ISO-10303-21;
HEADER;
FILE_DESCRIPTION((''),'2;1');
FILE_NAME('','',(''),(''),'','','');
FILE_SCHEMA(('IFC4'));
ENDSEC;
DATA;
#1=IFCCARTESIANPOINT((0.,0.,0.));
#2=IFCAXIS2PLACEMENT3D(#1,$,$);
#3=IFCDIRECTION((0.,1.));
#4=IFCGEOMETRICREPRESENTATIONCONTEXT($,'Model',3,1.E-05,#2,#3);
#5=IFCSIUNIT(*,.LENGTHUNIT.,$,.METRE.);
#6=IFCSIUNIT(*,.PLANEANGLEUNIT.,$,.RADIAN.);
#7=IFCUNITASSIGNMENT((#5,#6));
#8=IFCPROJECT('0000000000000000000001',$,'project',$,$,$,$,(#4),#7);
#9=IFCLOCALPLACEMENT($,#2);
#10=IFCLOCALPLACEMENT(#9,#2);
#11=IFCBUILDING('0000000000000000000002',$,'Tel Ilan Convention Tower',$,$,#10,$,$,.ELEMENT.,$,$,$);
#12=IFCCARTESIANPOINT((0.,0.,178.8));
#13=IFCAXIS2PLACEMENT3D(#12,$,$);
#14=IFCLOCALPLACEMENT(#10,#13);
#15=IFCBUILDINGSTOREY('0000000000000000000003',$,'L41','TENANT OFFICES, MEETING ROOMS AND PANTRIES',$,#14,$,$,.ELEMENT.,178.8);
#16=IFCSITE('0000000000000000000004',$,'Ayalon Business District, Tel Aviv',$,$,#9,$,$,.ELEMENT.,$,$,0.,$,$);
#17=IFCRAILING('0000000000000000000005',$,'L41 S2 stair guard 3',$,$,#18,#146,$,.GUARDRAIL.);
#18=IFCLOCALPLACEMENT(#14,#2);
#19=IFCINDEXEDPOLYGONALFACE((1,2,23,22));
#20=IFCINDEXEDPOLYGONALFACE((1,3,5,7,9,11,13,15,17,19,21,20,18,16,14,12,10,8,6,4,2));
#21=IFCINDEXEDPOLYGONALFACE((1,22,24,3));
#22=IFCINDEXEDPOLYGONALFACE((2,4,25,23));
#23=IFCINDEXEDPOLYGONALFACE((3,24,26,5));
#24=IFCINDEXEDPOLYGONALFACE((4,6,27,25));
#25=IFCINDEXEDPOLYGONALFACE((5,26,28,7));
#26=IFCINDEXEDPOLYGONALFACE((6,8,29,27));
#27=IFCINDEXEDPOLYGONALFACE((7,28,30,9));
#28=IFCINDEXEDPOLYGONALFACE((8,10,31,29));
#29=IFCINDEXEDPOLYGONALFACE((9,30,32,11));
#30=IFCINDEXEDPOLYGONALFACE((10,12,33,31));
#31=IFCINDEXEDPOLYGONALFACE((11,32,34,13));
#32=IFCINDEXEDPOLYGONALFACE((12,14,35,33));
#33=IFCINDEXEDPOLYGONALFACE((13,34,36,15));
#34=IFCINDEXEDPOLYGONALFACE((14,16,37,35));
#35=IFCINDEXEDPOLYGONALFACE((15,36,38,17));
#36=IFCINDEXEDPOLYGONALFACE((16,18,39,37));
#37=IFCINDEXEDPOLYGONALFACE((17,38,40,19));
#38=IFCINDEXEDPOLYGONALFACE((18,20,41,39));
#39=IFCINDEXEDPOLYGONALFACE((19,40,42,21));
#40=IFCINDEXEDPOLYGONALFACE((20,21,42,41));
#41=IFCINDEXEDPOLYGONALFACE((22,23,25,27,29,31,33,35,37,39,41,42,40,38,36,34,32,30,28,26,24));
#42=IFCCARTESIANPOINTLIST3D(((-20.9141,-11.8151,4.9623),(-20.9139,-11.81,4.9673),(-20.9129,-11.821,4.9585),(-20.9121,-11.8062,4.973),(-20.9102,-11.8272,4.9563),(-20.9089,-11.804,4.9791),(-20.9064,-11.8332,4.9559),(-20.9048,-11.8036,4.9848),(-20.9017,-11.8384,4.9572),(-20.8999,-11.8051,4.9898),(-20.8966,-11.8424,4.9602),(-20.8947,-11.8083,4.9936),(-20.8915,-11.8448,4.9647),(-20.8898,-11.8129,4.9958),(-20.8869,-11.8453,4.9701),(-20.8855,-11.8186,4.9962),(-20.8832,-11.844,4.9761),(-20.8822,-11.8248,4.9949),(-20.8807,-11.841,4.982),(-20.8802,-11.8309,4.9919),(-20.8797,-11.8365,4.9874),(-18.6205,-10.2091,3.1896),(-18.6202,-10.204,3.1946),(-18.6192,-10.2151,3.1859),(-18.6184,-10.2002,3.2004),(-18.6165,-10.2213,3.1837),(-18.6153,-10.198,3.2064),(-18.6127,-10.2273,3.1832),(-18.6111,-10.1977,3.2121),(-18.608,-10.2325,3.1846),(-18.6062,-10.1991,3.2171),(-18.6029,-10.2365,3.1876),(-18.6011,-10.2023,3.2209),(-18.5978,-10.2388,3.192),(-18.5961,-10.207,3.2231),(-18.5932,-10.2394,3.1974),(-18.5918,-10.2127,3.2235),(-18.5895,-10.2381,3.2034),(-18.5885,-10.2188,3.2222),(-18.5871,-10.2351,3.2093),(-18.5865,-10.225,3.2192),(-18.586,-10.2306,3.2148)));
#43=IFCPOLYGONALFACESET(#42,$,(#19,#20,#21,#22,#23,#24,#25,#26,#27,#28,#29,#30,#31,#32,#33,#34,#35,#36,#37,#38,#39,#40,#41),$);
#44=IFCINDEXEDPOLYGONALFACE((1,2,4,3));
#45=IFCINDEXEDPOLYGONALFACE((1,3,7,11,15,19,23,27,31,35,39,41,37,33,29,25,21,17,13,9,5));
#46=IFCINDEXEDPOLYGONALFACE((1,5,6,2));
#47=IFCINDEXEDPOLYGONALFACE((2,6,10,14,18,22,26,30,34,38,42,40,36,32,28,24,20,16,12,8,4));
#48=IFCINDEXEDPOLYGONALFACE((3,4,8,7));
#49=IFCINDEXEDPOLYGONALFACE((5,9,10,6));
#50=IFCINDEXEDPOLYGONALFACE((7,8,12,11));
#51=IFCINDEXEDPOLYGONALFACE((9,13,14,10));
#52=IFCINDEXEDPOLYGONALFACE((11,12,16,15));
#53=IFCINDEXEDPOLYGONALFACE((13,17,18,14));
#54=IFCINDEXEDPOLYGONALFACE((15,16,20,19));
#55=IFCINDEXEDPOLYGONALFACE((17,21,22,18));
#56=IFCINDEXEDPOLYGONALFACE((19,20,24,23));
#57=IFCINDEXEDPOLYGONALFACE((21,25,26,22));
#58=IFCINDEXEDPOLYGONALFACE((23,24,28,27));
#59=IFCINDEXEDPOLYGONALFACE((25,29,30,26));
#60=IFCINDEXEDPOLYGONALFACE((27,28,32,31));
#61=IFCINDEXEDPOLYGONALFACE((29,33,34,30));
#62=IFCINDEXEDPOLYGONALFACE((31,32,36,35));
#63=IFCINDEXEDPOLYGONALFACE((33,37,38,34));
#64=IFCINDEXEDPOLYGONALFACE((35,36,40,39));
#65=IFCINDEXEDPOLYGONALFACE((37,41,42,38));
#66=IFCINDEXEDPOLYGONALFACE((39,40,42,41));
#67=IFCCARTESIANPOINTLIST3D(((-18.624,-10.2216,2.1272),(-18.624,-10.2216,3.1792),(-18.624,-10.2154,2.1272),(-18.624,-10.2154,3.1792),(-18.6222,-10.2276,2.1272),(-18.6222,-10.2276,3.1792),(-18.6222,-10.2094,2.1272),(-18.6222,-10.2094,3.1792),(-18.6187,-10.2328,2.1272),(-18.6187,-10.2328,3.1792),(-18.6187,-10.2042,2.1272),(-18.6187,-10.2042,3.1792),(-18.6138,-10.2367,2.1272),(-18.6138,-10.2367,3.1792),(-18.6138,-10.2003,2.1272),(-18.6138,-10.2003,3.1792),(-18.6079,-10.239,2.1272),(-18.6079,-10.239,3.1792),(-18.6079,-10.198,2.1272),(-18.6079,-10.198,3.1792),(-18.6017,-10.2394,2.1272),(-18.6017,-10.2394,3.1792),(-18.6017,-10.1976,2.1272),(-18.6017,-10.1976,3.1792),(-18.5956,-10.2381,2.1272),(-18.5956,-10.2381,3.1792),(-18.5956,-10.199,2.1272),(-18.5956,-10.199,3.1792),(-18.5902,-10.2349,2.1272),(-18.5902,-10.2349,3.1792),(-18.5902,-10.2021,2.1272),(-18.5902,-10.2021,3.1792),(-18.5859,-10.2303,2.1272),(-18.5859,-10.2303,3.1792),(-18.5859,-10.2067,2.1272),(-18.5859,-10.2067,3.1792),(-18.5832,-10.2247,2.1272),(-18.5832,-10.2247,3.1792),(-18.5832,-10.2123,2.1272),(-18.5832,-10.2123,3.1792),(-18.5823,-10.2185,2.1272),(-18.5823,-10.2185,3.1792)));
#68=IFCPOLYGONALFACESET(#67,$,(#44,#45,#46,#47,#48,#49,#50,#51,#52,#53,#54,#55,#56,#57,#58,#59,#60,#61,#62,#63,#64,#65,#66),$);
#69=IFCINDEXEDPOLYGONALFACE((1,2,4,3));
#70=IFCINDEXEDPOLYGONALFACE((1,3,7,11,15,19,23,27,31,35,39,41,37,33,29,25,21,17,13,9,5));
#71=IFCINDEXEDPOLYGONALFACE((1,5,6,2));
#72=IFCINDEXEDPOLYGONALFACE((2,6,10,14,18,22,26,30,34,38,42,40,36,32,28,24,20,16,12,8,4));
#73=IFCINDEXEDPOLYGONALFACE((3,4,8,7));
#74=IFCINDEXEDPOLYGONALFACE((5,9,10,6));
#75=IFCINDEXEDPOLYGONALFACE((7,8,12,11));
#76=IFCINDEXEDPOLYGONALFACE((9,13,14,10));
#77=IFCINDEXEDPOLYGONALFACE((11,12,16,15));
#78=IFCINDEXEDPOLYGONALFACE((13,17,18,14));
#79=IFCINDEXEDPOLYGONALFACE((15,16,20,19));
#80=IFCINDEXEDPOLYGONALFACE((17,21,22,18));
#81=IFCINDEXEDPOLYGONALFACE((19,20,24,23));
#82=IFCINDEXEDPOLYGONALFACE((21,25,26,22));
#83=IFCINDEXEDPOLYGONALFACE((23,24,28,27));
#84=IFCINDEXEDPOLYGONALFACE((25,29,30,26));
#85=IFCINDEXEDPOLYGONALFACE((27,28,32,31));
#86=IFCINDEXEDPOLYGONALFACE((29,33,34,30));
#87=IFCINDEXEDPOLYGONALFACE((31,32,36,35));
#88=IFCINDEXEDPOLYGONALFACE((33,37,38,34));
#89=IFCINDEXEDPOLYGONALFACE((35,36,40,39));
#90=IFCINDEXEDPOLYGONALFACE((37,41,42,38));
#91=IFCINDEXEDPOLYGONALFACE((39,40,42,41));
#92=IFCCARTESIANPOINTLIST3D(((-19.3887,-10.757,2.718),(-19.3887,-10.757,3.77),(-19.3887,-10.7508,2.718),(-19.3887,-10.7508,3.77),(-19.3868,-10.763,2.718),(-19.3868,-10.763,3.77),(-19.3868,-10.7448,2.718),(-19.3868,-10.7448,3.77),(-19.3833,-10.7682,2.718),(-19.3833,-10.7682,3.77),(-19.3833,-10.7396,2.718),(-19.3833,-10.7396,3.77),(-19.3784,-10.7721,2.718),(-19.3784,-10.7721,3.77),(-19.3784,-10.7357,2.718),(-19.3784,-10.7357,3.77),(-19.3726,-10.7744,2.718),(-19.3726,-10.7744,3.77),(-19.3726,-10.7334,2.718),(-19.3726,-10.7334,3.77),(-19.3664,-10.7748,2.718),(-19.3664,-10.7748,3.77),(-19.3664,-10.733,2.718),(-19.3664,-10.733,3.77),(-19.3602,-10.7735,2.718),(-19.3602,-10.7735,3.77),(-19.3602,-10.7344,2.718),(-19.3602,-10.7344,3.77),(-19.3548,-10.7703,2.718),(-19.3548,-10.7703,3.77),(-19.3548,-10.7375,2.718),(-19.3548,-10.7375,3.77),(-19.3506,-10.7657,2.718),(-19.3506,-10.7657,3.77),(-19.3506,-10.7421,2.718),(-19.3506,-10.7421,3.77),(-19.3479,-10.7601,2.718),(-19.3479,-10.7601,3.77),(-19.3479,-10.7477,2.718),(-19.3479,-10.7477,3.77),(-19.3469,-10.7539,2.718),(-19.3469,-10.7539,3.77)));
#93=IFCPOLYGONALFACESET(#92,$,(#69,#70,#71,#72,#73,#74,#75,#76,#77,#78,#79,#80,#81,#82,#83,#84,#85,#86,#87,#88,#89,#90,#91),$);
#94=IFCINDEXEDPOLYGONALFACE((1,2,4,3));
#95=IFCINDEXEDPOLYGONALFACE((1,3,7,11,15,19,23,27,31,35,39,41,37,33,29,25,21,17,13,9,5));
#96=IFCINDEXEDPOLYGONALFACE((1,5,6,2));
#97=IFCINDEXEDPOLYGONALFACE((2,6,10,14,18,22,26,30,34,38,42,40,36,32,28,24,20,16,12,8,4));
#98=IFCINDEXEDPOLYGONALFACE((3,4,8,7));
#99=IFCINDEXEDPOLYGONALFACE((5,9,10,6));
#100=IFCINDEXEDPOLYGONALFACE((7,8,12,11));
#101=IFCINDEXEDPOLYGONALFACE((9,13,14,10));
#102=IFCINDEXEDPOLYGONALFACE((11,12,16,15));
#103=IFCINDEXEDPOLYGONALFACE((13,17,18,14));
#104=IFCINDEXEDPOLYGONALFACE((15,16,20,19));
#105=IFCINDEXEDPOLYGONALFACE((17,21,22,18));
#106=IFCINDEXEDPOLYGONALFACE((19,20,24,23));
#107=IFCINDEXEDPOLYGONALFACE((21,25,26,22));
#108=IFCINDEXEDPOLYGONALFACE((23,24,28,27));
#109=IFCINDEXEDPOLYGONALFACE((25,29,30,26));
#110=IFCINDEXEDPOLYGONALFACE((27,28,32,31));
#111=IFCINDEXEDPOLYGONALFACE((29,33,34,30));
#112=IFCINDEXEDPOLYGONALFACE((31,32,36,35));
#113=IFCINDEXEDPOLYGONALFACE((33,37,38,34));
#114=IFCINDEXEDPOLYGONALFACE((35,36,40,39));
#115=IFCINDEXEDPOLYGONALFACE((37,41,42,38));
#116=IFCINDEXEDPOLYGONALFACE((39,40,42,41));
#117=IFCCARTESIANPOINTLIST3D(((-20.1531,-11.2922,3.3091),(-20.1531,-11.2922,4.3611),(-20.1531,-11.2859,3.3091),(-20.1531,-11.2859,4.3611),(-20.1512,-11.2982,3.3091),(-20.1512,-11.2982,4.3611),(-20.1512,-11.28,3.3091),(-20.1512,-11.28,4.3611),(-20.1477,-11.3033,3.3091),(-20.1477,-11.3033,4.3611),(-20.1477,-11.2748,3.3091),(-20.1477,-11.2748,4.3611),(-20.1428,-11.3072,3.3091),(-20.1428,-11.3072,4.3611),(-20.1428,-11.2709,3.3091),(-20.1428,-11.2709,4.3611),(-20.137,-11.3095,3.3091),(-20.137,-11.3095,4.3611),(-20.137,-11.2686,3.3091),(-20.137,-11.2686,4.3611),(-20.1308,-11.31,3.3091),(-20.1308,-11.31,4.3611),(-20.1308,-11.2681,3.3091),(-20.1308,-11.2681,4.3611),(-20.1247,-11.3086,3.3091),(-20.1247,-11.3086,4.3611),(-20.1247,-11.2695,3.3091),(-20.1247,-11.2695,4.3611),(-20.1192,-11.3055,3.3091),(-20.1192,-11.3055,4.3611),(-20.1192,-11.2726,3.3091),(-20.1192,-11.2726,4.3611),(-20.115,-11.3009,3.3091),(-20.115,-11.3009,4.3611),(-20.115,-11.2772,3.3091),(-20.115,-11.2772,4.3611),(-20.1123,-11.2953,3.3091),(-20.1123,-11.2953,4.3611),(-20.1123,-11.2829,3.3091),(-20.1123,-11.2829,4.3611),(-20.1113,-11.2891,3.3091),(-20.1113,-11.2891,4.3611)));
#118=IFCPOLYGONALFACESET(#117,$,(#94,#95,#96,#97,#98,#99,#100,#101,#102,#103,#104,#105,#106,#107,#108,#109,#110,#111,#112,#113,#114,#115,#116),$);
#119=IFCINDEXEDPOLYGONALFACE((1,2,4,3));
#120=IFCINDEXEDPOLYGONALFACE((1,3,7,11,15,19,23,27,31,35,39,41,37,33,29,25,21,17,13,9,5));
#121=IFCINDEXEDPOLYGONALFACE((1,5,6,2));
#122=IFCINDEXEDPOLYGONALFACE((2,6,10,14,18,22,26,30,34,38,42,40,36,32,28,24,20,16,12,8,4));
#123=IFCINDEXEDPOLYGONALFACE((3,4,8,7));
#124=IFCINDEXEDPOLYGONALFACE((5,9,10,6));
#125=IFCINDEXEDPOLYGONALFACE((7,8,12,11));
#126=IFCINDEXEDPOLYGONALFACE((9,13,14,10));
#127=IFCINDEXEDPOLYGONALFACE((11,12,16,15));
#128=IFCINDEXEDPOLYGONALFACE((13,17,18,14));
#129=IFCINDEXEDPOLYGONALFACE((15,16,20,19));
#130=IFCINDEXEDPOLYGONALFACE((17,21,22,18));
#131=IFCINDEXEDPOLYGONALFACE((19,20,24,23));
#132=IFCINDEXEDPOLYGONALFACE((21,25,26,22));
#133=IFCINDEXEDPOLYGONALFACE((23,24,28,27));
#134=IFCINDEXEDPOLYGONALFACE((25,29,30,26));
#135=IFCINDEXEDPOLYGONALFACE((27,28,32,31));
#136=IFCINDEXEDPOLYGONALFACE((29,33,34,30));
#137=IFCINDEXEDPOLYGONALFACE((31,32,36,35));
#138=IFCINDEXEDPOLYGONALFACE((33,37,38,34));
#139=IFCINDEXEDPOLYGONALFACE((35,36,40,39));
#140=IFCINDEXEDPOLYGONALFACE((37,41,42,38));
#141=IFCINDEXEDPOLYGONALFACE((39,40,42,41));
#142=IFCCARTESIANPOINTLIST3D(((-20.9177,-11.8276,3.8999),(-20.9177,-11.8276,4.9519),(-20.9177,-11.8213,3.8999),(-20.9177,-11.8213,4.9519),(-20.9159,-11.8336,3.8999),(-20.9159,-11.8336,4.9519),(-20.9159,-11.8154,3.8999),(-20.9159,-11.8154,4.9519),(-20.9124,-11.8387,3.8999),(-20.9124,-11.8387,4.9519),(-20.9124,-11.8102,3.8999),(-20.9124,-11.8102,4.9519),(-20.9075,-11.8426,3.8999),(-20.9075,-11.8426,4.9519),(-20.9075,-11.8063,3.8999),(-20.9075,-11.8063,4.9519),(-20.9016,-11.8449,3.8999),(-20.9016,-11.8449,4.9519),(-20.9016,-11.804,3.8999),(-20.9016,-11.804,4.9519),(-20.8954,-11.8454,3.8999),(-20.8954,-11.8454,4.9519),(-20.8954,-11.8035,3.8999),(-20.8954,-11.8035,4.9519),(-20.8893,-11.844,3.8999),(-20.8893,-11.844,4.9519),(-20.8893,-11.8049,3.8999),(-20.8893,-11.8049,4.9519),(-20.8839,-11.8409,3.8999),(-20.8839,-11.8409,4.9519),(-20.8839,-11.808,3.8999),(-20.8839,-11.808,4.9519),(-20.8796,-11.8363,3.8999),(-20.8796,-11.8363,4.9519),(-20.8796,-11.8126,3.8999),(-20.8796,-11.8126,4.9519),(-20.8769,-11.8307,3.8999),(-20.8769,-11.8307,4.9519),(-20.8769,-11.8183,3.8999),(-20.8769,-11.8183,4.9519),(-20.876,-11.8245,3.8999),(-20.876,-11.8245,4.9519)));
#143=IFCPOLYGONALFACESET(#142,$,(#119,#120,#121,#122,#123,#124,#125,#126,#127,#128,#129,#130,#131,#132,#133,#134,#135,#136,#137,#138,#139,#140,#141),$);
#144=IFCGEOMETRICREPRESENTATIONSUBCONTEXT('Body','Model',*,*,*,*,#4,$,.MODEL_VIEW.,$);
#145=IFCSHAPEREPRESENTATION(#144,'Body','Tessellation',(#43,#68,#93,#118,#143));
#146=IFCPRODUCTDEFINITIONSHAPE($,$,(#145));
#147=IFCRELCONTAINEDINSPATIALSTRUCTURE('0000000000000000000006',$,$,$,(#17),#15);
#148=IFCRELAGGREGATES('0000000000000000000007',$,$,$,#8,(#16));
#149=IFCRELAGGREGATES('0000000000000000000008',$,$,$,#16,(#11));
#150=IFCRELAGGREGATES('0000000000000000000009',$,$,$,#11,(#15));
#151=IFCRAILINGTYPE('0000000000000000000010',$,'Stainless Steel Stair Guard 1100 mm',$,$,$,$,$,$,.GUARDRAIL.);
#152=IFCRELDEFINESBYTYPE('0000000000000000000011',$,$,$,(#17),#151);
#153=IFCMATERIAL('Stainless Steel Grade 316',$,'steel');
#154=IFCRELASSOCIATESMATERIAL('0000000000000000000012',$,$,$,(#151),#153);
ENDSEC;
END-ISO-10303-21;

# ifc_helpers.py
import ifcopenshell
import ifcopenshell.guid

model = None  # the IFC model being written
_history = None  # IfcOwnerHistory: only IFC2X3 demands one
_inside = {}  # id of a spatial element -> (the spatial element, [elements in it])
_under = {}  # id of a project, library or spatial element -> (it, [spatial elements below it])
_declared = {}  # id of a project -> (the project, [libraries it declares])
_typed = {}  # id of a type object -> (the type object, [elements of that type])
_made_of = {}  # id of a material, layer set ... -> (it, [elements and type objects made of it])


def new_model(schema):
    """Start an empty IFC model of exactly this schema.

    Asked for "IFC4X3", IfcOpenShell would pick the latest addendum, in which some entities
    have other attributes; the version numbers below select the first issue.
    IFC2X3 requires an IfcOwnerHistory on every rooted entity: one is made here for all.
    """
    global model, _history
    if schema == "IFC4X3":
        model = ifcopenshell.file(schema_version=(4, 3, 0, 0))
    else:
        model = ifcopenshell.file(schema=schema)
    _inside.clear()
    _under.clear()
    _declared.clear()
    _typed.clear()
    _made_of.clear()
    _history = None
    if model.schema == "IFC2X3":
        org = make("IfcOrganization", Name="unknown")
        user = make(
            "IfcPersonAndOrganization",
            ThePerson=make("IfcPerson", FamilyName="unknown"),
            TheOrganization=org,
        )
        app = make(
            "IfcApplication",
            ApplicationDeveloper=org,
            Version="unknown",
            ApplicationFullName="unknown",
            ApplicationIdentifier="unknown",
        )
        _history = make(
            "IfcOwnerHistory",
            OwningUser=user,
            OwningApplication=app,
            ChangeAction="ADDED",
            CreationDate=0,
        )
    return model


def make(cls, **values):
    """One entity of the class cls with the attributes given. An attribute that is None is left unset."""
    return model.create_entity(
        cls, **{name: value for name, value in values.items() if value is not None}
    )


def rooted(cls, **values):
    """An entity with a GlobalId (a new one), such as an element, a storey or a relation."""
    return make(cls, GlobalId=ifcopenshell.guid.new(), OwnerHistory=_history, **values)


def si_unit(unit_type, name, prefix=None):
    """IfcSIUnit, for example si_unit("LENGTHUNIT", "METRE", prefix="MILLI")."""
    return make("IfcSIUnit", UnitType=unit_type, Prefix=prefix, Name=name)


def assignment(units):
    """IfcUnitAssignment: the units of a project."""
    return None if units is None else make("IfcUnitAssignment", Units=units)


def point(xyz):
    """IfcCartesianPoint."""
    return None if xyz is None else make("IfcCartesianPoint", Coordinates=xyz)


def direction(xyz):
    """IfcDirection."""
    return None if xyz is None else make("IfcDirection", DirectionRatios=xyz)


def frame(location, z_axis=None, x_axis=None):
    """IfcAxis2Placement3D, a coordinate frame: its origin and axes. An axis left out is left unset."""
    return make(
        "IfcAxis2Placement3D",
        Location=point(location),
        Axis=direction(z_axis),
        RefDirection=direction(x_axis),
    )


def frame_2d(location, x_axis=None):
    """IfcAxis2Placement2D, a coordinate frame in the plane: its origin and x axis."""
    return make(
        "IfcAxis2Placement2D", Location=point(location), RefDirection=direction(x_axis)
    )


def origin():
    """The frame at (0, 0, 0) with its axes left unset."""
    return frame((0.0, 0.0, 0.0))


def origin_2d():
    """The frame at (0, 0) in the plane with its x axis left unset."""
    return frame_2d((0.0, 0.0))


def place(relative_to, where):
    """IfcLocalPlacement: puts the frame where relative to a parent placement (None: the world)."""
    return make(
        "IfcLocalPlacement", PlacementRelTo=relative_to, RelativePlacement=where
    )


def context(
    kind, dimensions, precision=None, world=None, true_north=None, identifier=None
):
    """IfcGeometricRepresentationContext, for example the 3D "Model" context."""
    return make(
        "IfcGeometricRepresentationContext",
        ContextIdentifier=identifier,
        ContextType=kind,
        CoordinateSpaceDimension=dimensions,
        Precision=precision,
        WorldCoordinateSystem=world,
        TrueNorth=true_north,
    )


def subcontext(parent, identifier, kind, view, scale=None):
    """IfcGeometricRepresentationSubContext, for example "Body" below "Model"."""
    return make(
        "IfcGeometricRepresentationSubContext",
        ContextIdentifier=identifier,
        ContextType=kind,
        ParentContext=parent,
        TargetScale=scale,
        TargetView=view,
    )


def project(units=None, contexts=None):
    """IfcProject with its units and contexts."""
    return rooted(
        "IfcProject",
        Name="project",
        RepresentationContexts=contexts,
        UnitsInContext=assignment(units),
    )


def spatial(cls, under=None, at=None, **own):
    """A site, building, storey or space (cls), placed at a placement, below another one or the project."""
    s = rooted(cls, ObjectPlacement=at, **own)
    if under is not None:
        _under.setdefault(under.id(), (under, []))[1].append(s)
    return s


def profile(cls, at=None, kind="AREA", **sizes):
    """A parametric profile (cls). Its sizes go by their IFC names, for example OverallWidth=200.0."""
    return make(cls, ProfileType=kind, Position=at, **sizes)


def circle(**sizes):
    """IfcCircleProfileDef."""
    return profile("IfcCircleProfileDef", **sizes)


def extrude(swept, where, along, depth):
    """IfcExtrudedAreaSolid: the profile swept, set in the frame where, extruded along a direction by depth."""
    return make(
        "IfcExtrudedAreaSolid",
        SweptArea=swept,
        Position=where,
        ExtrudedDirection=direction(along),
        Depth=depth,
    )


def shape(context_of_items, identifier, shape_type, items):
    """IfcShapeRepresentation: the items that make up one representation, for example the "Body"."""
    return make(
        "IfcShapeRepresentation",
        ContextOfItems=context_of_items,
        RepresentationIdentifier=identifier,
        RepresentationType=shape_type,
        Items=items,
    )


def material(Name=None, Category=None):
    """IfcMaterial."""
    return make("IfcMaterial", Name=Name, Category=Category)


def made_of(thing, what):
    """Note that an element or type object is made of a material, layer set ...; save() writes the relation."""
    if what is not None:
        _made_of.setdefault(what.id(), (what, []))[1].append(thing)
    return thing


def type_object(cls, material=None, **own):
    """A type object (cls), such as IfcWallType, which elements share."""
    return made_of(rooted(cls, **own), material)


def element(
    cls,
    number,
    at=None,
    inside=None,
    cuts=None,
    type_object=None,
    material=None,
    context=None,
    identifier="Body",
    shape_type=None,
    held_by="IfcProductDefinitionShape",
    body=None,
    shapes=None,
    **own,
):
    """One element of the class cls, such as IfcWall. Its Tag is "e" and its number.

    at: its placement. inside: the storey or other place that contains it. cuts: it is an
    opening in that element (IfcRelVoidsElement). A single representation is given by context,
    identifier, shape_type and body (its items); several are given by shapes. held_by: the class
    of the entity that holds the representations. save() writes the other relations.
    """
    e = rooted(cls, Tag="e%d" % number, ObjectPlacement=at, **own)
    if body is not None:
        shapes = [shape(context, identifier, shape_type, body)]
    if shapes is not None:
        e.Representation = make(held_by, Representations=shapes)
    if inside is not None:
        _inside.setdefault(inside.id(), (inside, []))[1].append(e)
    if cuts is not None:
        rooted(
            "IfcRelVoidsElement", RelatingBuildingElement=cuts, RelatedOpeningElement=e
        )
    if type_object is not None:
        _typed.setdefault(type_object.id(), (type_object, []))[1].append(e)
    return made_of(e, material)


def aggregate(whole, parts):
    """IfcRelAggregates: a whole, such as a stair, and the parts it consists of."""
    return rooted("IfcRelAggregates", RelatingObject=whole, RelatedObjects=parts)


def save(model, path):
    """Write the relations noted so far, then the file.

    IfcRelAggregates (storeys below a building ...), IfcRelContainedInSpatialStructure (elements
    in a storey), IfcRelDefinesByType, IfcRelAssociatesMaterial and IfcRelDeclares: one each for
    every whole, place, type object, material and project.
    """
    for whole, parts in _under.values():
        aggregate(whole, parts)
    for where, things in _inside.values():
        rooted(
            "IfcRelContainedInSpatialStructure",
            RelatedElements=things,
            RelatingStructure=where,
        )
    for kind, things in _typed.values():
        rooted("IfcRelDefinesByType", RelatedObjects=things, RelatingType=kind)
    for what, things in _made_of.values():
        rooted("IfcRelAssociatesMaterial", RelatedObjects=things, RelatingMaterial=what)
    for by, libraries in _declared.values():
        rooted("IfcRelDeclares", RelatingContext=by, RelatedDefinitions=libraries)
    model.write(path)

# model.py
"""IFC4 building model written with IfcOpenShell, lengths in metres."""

from ifc_helpers import new_model, si_unit, direction, frame, origin, origin_2d, place, context, subcontext, project, spatial, circle, extrude, material, type_object, element, save


model = new_model("IFC4")

# Units and contexts
model_context = context("Model", 3, precision=1e-05, world=origin(), true_north=direction((0.0, 1.0)))
body_context = subcontext(model_context, "Body", "Model", "MODEL_VIEW")
ifc_project = project(units=[si_unit("LENGTHUNIT", "METRE"), si_unit("PLANEANGLEUNIT", "RADIAN")], contexts=[model_context])

# Site, building, storey
site_placement = place(None, origin())
site = spatial("IfcSite", under=ifc_project, at=site_placement, Name="Ayalon Business District, Tel Aviv", CompositionType="ELEMENT", RefElevation=0.0)
building_placement = place(site_placement, origin())
building = spatial("IfcBuilding", under=site, at=building_placement, Name="Tel Ilan Convention Tower", CompositionType="ELEMENT")
storey_placement = place(building_placement, frame((0.0, 0.0, 178.8)))
storey = spatial("IfcBuildingStorey", under=building, at=storey_placement, Name="L41", Description="TENANT OFFICES, MEETING ROOMS AND PANTRIES", CompositionType="ELEMENT", Elevation=178.8)

# Railing
ifc_material_1 = material(Name="Stainless Steel Grade 316", Category="steel")
railing_type_1 = type_object("IfcRailingType", Name="Stainless Steel Stair Guard 1100 mm", PredefinedType="GUARDRAIL", material=ifc_material_1)
railing_1_placement = place(storey_placement, frame((-18.6033, -10.2185, 2.1272)))
element("IfcRailing", 1, at=railing_1_placement, inside=storey, type_object=railing_type_1, Name="L41 S2 stair guard 3", PredefinedType="GUARDRAIL", context=body_context, shape_type="SweptSolid", body=[
    extrude(circle(Radius=0.0239, at=origin_2d()), frame((0.0, 0.0, 1.0762), z_axis=(-0.692123, -0.484597, 0.534913), x_axis=(0.57355, -0.81917, 0.0)), (0.0, 0.0, 1.0), 3.314),
    extrude(circle(Radius=0.021, at=origin_2d()), origin(), (0.0, 0.0, 1.0), 1.052),
    extrude(circle(Radius=0.021, at=origin_2d()), frame((-0.7646, -0.5354, 0.5908)), (0.0, 0.0, 1.0), 1.052),
    extrude(circle(Radius=0.021, at=origin_2d()), frame((-1.5291, -1.0706, 1.1819)), (0.0, 0.0, 1.0), 1.052),
    extrude(circle(Radius=0.021, at=origin_2d()), frame((-2.2937, -1.606, 1.7727)), (0.0, 0.0, 1.0), 1.052),
])

save(model, "model.ifc")
